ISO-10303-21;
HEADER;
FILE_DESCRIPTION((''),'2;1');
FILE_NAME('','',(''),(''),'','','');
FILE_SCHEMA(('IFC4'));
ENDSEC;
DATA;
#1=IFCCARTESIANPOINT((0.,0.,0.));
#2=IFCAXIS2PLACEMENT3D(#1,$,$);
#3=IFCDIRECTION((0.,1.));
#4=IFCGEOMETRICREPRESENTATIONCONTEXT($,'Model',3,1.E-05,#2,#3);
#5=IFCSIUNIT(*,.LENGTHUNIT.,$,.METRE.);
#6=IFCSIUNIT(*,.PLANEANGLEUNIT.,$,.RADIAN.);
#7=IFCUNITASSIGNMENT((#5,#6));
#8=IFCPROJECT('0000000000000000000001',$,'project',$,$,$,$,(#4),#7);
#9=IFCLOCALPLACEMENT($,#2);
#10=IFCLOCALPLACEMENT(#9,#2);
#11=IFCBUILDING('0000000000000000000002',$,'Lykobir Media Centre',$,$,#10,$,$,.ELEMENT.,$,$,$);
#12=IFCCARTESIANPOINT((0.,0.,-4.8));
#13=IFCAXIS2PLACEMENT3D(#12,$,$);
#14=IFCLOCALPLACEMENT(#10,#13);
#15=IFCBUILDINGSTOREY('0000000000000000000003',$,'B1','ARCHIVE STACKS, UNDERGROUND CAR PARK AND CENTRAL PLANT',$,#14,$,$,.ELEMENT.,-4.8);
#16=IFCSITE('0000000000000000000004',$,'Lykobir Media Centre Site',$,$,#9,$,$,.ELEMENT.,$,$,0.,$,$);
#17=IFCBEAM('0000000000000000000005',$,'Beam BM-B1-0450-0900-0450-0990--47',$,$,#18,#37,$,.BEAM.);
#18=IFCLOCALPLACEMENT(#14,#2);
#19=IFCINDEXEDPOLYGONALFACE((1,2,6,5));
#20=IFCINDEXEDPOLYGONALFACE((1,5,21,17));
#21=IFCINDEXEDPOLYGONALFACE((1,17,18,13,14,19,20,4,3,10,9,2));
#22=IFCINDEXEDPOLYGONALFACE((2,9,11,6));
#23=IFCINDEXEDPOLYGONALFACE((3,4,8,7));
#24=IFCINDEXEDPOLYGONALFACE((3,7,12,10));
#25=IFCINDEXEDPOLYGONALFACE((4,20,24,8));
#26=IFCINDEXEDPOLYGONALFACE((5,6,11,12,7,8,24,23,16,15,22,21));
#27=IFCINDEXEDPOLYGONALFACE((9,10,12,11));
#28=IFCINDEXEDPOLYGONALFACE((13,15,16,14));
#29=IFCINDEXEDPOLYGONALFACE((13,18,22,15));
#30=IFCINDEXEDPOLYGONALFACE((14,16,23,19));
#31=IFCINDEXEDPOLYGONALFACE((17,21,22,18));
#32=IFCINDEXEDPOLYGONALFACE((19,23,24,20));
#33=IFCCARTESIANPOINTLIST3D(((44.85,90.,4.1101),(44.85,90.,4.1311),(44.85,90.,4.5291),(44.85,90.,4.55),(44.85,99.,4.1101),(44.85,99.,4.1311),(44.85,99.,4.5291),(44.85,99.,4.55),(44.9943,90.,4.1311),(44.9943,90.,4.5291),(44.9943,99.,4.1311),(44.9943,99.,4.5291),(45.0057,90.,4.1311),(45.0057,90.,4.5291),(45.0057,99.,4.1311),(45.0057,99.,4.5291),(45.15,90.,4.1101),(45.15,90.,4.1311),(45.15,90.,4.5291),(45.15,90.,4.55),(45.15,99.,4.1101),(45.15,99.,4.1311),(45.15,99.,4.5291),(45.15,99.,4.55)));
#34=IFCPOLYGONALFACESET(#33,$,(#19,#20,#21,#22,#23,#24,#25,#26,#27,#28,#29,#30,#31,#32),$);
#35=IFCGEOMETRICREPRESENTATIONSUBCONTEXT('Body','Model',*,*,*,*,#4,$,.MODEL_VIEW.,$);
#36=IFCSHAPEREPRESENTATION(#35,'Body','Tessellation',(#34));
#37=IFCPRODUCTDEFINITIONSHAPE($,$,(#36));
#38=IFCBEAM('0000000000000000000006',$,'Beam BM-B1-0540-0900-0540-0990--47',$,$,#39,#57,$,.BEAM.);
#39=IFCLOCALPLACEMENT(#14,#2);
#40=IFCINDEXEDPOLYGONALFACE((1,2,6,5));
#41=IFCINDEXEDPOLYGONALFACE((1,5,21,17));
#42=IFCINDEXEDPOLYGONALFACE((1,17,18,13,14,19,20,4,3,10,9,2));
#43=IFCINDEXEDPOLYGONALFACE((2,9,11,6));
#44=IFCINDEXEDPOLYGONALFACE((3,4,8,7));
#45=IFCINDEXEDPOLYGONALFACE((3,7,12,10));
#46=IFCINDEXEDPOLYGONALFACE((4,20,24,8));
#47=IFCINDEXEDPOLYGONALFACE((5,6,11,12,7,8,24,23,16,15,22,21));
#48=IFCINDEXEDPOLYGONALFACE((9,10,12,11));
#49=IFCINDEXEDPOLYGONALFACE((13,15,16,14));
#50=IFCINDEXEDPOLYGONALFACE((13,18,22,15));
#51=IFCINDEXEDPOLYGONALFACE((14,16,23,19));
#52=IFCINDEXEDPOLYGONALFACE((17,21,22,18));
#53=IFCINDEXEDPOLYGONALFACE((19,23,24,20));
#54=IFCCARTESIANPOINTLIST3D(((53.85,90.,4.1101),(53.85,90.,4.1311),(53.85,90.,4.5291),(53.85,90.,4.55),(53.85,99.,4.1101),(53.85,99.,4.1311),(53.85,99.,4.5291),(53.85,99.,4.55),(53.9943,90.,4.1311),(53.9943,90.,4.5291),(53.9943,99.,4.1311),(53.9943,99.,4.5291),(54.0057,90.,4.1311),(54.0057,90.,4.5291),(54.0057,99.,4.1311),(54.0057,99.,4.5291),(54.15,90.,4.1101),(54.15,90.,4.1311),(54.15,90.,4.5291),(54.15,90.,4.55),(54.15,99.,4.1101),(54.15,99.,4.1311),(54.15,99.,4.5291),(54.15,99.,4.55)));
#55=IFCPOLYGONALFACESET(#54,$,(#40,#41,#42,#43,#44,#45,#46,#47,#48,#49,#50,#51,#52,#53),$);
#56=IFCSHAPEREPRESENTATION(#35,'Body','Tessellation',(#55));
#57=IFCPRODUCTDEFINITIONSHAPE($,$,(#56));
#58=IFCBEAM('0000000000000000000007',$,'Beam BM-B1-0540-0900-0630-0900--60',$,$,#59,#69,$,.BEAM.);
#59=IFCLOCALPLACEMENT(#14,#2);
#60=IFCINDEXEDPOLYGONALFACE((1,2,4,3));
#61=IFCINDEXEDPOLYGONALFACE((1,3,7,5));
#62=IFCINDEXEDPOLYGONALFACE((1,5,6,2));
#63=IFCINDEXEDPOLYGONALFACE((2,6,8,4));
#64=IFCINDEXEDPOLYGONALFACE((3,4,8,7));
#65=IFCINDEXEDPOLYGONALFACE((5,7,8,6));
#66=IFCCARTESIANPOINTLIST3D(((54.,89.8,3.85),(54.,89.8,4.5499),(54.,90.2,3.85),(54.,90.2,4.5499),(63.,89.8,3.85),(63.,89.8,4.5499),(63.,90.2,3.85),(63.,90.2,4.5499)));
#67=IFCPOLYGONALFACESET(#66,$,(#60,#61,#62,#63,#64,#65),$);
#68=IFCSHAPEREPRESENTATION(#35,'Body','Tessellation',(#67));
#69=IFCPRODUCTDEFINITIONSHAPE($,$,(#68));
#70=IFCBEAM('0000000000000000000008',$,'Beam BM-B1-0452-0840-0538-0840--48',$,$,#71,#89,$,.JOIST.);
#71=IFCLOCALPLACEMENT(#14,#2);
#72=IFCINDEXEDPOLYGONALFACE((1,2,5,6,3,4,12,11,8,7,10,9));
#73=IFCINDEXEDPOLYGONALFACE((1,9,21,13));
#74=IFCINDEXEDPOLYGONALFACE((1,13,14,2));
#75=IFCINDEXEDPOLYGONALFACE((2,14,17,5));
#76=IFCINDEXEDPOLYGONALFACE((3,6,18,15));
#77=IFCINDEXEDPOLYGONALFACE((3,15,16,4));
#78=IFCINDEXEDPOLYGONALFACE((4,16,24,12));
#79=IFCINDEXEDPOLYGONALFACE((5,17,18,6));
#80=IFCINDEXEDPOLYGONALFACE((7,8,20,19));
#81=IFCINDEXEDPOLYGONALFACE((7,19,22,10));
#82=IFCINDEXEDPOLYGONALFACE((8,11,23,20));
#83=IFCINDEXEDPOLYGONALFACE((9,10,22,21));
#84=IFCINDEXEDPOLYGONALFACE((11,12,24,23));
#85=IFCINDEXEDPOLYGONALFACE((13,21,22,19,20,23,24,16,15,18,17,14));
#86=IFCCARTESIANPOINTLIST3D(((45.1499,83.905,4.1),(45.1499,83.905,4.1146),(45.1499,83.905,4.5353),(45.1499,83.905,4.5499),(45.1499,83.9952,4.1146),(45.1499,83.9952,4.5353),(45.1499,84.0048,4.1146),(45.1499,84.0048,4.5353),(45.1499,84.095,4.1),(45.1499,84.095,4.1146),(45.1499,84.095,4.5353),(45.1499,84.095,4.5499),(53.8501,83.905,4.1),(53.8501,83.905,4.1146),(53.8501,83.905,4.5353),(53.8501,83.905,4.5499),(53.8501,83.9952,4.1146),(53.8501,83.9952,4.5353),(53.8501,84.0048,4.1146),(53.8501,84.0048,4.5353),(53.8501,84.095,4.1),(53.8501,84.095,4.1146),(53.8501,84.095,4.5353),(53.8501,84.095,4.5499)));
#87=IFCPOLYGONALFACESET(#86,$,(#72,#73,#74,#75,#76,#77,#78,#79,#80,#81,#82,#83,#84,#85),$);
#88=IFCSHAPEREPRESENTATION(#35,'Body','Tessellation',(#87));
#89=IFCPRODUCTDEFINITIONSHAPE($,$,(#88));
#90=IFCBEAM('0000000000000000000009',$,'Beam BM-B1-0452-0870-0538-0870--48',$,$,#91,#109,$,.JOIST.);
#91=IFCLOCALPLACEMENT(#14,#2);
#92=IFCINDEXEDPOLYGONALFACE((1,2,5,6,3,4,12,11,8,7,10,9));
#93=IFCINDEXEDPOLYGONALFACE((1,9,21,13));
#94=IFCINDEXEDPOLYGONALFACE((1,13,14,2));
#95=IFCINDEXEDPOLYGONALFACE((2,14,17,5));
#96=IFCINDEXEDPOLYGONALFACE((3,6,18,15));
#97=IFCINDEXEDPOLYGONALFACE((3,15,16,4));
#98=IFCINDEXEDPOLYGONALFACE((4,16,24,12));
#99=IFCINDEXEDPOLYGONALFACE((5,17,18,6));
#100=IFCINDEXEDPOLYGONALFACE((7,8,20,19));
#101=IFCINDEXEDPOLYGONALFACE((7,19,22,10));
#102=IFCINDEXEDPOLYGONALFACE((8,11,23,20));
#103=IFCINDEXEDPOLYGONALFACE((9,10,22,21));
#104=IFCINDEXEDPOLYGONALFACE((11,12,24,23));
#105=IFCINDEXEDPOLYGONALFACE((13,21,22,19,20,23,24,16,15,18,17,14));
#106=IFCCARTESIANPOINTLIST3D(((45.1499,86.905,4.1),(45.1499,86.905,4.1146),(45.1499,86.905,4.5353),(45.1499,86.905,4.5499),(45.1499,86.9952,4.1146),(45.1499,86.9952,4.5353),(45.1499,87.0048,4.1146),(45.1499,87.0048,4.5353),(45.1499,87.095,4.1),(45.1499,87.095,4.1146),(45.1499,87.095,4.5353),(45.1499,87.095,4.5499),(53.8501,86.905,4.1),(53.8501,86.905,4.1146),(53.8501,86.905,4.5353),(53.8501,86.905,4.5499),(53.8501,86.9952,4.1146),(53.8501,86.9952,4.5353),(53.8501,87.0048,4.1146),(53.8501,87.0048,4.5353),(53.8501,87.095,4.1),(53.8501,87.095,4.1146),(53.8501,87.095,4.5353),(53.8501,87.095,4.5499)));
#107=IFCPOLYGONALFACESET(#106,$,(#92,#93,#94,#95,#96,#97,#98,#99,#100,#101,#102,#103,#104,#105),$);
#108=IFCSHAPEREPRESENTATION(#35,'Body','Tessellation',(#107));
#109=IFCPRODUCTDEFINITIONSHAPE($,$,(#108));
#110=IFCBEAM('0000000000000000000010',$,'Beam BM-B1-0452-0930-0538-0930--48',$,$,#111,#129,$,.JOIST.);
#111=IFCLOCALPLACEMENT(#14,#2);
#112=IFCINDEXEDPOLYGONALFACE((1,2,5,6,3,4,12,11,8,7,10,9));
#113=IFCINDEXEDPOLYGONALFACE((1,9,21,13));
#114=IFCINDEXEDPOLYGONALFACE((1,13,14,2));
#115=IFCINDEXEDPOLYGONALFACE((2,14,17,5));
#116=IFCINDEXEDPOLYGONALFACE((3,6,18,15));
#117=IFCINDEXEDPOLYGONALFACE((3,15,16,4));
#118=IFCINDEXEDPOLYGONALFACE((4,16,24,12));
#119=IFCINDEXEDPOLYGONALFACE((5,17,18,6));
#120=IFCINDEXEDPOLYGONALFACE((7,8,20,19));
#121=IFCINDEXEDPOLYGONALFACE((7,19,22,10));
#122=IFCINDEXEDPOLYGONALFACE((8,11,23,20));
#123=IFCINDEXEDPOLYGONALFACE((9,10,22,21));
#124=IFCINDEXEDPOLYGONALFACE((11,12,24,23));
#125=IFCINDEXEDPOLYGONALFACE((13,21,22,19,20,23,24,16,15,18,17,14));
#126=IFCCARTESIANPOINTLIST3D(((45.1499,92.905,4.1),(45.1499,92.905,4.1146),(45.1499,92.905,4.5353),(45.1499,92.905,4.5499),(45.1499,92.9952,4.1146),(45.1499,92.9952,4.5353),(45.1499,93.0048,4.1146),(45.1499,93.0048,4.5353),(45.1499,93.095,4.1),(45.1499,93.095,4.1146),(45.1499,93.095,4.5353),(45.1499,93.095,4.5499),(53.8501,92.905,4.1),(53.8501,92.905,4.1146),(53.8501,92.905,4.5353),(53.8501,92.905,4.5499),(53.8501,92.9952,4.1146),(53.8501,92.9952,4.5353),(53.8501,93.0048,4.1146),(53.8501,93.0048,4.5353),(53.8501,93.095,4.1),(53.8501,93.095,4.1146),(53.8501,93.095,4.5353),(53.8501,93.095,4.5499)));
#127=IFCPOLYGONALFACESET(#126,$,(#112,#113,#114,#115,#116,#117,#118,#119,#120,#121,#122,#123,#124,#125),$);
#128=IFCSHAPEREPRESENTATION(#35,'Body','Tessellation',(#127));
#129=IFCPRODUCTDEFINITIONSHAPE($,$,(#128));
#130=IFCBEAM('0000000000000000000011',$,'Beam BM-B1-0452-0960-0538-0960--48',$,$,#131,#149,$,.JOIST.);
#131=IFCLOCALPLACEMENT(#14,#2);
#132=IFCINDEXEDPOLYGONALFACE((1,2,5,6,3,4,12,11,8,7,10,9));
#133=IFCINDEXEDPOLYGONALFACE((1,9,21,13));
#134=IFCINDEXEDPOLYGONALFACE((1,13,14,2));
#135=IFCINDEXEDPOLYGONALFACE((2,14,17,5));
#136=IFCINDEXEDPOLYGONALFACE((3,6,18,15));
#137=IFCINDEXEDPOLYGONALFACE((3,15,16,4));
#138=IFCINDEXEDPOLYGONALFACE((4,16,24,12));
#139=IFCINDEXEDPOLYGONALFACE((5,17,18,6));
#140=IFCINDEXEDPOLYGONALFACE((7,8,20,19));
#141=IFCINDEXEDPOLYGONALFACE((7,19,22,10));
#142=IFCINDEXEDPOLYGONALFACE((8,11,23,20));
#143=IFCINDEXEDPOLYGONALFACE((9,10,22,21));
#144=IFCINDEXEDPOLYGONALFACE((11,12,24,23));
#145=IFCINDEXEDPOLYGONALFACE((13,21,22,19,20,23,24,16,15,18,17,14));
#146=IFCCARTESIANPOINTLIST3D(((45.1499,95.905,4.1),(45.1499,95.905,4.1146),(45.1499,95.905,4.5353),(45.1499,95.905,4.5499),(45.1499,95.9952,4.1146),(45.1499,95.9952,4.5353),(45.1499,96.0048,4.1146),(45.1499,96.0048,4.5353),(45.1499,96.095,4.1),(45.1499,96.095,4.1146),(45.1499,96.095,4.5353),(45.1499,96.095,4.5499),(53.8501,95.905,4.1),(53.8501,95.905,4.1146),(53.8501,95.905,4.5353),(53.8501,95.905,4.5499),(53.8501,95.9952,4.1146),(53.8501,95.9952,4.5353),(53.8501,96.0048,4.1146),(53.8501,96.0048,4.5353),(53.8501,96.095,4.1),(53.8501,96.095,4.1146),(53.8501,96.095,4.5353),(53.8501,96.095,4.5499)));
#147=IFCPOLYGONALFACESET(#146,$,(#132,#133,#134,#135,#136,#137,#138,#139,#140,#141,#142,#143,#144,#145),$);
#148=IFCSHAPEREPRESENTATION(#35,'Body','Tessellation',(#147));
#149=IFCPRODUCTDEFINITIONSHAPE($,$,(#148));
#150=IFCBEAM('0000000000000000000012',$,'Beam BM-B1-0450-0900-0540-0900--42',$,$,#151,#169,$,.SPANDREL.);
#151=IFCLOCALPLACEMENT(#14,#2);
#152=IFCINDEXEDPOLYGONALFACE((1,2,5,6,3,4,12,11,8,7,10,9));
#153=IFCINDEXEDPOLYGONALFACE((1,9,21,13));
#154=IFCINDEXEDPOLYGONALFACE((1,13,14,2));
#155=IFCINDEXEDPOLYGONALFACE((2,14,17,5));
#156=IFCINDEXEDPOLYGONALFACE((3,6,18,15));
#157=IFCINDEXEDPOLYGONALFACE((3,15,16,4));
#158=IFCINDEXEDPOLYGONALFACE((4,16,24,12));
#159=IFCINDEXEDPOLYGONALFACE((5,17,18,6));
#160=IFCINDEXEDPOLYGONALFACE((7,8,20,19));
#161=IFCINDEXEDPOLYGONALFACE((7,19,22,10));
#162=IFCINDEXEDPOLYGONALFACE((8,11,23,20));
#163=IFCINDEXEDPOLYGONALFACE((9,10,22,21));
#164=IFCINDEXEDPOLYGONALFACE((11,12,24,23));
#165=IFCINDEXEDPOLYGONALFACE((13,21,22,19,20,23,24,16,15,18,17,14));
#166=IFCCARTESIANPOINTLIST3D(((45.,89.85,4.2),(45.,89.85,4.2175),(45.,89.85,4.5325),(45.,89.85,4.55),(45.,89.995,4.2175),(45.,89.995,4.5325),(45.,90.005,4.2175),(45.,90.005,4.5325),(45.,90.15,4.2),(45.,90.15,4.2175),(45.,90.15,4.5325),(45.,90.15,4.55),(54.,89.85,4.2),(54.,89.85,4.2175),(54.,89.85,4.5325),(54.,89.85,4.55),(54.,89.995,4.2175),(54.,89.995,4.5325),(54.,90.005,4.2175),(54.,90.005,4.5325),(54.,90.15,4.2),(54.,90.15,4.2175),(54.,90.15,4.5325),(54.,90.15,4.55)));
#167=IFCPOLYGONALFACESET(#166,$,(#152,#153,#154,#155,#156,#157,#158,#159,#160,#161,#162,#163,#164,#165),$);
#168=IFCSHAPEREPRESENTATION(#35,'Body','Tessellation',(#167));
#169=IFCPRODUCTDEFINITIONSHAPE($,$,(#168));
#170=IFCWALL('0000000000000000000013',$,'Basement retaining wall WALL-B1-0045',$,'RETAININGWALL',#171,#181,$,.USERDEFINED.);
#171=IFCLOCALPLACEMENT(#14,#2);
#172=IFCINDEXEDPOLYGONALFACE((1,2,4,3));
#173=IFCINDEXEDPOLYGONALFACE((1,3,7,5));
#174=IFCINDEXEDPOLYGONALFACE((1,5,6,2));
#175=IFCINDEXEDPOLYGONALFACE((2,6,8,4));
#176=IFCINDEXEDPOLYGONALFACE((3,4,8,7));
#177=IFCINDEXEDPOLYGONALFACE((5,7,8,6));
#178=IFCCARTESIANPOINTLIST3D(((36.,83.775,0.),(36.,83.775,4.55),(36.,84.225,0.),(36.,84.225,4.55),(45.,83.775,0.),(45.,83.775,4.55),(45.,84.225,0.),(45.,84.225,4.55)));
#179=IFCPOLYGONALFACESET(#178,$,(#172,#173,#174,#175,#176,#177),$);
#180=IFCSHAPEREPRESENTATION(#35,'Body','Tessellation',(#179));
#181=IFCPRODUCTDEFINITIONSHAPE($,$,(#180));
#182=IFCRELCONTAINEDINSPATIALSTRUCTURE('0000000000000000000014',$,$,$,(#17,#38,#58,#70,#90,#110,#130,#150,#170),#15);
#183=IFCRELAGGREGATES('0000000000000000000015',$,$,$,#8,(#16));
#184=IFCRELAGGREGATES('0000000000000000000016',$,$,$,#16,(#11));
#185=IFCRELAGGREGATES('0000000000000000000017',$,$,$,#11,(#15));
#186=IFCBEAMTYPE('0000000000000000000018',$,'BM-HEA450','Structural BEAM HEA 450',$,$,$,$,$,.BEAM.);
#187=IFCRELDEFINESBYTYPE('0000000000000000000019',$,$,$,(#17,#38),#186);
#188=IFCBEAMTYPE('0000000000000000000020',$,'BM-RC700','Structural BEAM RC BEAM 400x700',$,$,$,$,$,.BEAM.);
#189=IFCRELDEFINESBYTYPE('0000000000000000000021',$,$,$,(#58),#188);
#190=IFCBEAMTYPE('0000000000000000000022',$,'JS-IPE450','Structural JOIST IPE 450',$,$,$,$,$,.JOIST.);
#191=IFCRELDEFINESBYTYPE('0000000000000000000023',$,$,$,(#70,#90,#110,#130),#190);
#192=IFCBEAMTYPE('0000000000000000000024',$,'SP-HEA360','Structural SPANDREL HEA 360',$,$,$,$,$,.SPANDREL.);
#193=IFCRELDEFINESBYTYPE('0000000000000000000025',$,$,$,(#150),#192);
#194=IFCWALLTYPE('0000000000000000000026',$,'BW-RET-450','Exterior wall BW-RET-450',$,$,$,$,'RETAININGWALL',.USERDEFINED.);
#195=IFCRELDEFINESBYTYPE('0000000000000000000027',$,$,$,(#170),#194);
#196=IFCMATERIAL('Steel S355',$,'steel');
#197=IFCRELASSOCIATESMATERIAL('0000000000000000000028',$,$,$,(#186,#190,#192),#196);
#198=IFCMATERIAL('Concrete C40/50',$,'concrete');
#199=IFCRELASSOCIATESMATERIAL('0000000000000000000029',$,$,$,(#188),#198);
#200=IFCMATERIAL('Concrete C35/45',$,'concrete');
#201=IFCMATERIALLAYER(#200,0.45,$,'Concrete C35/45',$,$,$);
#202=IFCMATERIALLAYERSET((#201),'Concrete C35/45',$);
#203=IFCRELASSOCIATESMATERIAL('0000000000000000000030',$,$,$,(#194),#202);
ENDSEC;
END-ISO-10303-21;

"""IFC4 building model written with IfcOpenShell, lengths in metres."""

from ifc_helpers import new_model, si_unit, direction, frame, frame_2d, origin, origin_2d, place, context, subcontext, project, spatial, rectangle, i_section, extrude, material, layer, layer_set, material_profile, profile_set, type_object, element, save


model = new_model("IFC4")

# Units and contexts
model_context = context("Model", 3, precision=1e-05, world=origin(), true_north=direction((0.0, 1.0)))
body_context = subcontext(model_context, "Body", "Model", "MODEL_VIEW")
ifc_project = project(units=[si_unit("LENGTHUNIT", "METRE"), si_unit("PLANEANGLEUNIT", "RADIAN")], contexts=[model_context])

# Site, building, storey
site_placement = place(None, origin())
site = spatial("IfcSite", under=ifc_project, at=site_placement, Name="Lykobir Media Centre Site", CompositionType="ELEMENT", RefElevation=0.0)
building_placement = place(site_placement, origin())
building = spatial("IfcBuilding", under=site, at=building_placement, Name="Lykobir Media Centre", CompositionType="ELEMENT")
storey_placement = place(building_placement, frame((0.0, 0.0, -4.8)))
storey = spatial("IfcBuildingStorey", under=building, at=storey_placement, Name="B1", Description="ARCHIVE STACKS, UNDERGROUND CAR PARK AND CENTRAL PLANT", CompositionType="ELEMENT", Elevation=-4.8)

# Shared definitions
ifc_material_1 = material(Name="Concrete C35/45", Category="concrete")

# Shared definitions
ifc_material_2 = material(Name="Concrete C40/50", Category="concrete")
ifc_material_3 = material(Name="Steel S355", Category="steel")

# Beams
ifc_material_profile_1 = material_profile(ifc_material_3, i_section(OverallWidth=0.3, OverallDepth=0.4399, WebThickness=0.0115, FlangeThickness=0.021, at=origin_2d()), Name="HEA 450")
ifc_profile_set_1 = profile_set([ifc_material_profile_1], Name="Steel S355")
beam_type_1 = type_object("IfcBeamType", Name="BM-HEA450", Description="Structural BEAM HEA 450", PredefinedType="BEAM", material=ifc_profile_set_1)
for number, where, z_axis, x_axis, name in (
    (1, (45.0, 90.0, 4.3301), (0.0, 1.0, 0.0), (-1.0, 0.0, 0.0), "Beam BM-B1-0450-0900-0450-0990--47"),
    (2, (54.0, 90.0, 4.3301), (0.0, 1.0, 0.0), (-1.0, 0.0, 0.0), "Beam BM-B1-0540-0900-0540-0990--47"),
):
    element("IfcBeam", number, at=place(storey_placement, frame(where, z_axis=z_axis, x_axis=x_axis)), inside=storey, type_object=beam_type_1, Name=name, PredefinedType="BEAM", context=body_context, shape_type="SweptSolid", body=[
        extrude(i_section(OverallWidth=0.3, OverallDepth=0.4399, WebThickness=0.0115, FlangeThickness=0.021, at=origin_2d()), origin(), (0.0, 0.0, 1.0), 9.0),
    ])
ifc_material_profile_2 = material_profile(ifc_material_2, rectangle(XDim=0.3999, YDim=0.7, at=origin_2d()), Name="RC BEAM 400x700")
ifc_profile_set_2 = profile_set([ifc_material_profile_2], Name="Concrete C40/50")
beam_type_2 = type_object("IfcBeamType", Name="BM-RC700", Description="Structural BEAM RC BEAM 400x700", PredefinedType="BEAM", material=ifc_profile_set_2)
beam_1_placement = place(storey_placement, frame((54.0, 90.0, 4.2), z_axis=(1.0, 0.0, 0.0), x_axis=(0.0, 1.0, 0.0)))
element("IfcBeam", 3, at=beam_1_placement, inside=storey, type_object=beam_type_2, Name="Beam BM-B1-0540-0900-0630-0900--60", PredefinedType="BEAM", context=body_context, shape_type="SweptSolid", body=[
    extrude(rectangle(XDim=0.3999, YDim=0.7, at=origin_2d()), origin(), (0.0, 0.0, 1.0), 9.0),
])
ifc_material_profile_3 = material_profile(ifc_material_3, i_section(OverallWidth=0.1899, OverallDepth=0.45, WebThickness=0.0095, FlangeThickness=0.0146, at=origin_2d()), Name="IPE 450")
ifc_profile_set_3 = profile_set([ifc_material_profile_3], Name="Steel S355")
beam_type_3 = type_object("IfcBeamType", Name="JS-IPE450", Description="Structural JOIST IPE 450", PredefinedType="JOIST", material=ifc_profile_set_3)
for number, where, z_axis, x_axis, name in (
    (4, (45.1499, 84.0, 4.325), (1.0, 0.0, 0.0), (0.0, 1.0, 0.0), "Beam BM-B1-0452-0840-0538-0840--48"),
    (5, (45.1499, 87.0, 4.325), (1.0, 0.0, 0.0), (0.0, 1.0, 0.0), "Beam BM-B1-0452-0870-0538-0870--48"),
    (6, (45.1499, 93.0, 4.325), (1.0, 0.0, 0.0), (0.0, 1.0, 0.0), "Beam BM-B1-0452-0930-0538-0930--48"),
    (7, (45.1499, 96.0, 4.325), (1.0, 0.0, 0.0), (0.0, 1.0, 0.0), "Beam BM-B1-0452-0960-0538-0960--48"),
):
    element("IfcBeam", number, at=place(storey_placement, frame(where, z_axis=z_axis, x_axis=x_axis)), inside=storey, type_object=beam_type_3, Name=name, PredefinedType="JOIST", context=body_context, shape_type="SweptSolid", body=[
        extrude(i_section(OverallWidth=0.1899, OverallDepth=0.45, WebThickness=0.0095, FlangeThickness=0.0146, at=origin_2d()), origin(), (0.0, 0.0, 1.0), 8.7002),
    ])
ifc_material_profile_4 = material_profile(ifc_material_3, i_section(OverallWidth=0.3, OverallDepth=0.3501, WebThickness=0.01, FlangeThickness=0.0176, at=origin_2d()), Name="HEA 360")
ifc_profile_set_4 = profile_set([ifc_material_profile_4], Name="Steel S355")
beam_type_4 = type_object("IfcBeamType", Name="SP-HEA360", Description="Structural SPANDREL HEA 360", PredefinedType="SPANDREL", material=ifc_profile_set_4)
beam_2_placement = place(storey_placement, frame((45.0, 90.0, 4.375), z_axis=(1.0, 0.0, 0.0), x_axis=(0.0, 1.0, 0.0)))
element("IfcBeam", 8, at=beam_2_placement, inside=storey, type_object=beam_type_4, Name="Beam BM-B1-0450-0900-0540-0900--42", PredefinedType="SPANDREL", context=body_context, shape_type="SweptSolid", body=[
    extrude(i_section(OverallWidth=0.3, OverallDepth=0.3501, WebThickness=0.01, FlangeThickness=0.0176, at=origin_2d()), origin(), (0.0, 0.0, 1.0), 9.0),
])

# Wall
ifc_layer = layer(ifc_material_1, 0.45, Name="Concrete C35/45")
ifc_layer_set = layer_set([ifc_layer], Name="Concrete C35/45")
wall_type = type_object("IfcWallType", Name="BW-RET-450", Description="Exterior wall BW-RET-450", ElementType="RETAININGWALL", PredefinedType="USERDEFINED", material=ifc_layer_set)
wall_placement = place(storey_placement, frame((45.0, 84.0, 0.0), z_axis=(0.0, 0.0, 1.0), x_axis=(-1.0, 0.0, 0.0)))
element("IfcWall", 9, at=wall_placement, inside=storey, type_object=wall_type, Name="Basement retaining wall WALL-B1-0045", ObjectType="RETAININGWALL", PredefinedType="USERDEFINED", context=body_context, shape_type="SweptSolid", body=[
    extrude(rectangle(XDim=9.0, YDim=0.45, at=frame_2d((4.5, 0.0))), origin(), (0.0, 0.0, 1.0), 4.55),
])

save(model, "model.ifc")
